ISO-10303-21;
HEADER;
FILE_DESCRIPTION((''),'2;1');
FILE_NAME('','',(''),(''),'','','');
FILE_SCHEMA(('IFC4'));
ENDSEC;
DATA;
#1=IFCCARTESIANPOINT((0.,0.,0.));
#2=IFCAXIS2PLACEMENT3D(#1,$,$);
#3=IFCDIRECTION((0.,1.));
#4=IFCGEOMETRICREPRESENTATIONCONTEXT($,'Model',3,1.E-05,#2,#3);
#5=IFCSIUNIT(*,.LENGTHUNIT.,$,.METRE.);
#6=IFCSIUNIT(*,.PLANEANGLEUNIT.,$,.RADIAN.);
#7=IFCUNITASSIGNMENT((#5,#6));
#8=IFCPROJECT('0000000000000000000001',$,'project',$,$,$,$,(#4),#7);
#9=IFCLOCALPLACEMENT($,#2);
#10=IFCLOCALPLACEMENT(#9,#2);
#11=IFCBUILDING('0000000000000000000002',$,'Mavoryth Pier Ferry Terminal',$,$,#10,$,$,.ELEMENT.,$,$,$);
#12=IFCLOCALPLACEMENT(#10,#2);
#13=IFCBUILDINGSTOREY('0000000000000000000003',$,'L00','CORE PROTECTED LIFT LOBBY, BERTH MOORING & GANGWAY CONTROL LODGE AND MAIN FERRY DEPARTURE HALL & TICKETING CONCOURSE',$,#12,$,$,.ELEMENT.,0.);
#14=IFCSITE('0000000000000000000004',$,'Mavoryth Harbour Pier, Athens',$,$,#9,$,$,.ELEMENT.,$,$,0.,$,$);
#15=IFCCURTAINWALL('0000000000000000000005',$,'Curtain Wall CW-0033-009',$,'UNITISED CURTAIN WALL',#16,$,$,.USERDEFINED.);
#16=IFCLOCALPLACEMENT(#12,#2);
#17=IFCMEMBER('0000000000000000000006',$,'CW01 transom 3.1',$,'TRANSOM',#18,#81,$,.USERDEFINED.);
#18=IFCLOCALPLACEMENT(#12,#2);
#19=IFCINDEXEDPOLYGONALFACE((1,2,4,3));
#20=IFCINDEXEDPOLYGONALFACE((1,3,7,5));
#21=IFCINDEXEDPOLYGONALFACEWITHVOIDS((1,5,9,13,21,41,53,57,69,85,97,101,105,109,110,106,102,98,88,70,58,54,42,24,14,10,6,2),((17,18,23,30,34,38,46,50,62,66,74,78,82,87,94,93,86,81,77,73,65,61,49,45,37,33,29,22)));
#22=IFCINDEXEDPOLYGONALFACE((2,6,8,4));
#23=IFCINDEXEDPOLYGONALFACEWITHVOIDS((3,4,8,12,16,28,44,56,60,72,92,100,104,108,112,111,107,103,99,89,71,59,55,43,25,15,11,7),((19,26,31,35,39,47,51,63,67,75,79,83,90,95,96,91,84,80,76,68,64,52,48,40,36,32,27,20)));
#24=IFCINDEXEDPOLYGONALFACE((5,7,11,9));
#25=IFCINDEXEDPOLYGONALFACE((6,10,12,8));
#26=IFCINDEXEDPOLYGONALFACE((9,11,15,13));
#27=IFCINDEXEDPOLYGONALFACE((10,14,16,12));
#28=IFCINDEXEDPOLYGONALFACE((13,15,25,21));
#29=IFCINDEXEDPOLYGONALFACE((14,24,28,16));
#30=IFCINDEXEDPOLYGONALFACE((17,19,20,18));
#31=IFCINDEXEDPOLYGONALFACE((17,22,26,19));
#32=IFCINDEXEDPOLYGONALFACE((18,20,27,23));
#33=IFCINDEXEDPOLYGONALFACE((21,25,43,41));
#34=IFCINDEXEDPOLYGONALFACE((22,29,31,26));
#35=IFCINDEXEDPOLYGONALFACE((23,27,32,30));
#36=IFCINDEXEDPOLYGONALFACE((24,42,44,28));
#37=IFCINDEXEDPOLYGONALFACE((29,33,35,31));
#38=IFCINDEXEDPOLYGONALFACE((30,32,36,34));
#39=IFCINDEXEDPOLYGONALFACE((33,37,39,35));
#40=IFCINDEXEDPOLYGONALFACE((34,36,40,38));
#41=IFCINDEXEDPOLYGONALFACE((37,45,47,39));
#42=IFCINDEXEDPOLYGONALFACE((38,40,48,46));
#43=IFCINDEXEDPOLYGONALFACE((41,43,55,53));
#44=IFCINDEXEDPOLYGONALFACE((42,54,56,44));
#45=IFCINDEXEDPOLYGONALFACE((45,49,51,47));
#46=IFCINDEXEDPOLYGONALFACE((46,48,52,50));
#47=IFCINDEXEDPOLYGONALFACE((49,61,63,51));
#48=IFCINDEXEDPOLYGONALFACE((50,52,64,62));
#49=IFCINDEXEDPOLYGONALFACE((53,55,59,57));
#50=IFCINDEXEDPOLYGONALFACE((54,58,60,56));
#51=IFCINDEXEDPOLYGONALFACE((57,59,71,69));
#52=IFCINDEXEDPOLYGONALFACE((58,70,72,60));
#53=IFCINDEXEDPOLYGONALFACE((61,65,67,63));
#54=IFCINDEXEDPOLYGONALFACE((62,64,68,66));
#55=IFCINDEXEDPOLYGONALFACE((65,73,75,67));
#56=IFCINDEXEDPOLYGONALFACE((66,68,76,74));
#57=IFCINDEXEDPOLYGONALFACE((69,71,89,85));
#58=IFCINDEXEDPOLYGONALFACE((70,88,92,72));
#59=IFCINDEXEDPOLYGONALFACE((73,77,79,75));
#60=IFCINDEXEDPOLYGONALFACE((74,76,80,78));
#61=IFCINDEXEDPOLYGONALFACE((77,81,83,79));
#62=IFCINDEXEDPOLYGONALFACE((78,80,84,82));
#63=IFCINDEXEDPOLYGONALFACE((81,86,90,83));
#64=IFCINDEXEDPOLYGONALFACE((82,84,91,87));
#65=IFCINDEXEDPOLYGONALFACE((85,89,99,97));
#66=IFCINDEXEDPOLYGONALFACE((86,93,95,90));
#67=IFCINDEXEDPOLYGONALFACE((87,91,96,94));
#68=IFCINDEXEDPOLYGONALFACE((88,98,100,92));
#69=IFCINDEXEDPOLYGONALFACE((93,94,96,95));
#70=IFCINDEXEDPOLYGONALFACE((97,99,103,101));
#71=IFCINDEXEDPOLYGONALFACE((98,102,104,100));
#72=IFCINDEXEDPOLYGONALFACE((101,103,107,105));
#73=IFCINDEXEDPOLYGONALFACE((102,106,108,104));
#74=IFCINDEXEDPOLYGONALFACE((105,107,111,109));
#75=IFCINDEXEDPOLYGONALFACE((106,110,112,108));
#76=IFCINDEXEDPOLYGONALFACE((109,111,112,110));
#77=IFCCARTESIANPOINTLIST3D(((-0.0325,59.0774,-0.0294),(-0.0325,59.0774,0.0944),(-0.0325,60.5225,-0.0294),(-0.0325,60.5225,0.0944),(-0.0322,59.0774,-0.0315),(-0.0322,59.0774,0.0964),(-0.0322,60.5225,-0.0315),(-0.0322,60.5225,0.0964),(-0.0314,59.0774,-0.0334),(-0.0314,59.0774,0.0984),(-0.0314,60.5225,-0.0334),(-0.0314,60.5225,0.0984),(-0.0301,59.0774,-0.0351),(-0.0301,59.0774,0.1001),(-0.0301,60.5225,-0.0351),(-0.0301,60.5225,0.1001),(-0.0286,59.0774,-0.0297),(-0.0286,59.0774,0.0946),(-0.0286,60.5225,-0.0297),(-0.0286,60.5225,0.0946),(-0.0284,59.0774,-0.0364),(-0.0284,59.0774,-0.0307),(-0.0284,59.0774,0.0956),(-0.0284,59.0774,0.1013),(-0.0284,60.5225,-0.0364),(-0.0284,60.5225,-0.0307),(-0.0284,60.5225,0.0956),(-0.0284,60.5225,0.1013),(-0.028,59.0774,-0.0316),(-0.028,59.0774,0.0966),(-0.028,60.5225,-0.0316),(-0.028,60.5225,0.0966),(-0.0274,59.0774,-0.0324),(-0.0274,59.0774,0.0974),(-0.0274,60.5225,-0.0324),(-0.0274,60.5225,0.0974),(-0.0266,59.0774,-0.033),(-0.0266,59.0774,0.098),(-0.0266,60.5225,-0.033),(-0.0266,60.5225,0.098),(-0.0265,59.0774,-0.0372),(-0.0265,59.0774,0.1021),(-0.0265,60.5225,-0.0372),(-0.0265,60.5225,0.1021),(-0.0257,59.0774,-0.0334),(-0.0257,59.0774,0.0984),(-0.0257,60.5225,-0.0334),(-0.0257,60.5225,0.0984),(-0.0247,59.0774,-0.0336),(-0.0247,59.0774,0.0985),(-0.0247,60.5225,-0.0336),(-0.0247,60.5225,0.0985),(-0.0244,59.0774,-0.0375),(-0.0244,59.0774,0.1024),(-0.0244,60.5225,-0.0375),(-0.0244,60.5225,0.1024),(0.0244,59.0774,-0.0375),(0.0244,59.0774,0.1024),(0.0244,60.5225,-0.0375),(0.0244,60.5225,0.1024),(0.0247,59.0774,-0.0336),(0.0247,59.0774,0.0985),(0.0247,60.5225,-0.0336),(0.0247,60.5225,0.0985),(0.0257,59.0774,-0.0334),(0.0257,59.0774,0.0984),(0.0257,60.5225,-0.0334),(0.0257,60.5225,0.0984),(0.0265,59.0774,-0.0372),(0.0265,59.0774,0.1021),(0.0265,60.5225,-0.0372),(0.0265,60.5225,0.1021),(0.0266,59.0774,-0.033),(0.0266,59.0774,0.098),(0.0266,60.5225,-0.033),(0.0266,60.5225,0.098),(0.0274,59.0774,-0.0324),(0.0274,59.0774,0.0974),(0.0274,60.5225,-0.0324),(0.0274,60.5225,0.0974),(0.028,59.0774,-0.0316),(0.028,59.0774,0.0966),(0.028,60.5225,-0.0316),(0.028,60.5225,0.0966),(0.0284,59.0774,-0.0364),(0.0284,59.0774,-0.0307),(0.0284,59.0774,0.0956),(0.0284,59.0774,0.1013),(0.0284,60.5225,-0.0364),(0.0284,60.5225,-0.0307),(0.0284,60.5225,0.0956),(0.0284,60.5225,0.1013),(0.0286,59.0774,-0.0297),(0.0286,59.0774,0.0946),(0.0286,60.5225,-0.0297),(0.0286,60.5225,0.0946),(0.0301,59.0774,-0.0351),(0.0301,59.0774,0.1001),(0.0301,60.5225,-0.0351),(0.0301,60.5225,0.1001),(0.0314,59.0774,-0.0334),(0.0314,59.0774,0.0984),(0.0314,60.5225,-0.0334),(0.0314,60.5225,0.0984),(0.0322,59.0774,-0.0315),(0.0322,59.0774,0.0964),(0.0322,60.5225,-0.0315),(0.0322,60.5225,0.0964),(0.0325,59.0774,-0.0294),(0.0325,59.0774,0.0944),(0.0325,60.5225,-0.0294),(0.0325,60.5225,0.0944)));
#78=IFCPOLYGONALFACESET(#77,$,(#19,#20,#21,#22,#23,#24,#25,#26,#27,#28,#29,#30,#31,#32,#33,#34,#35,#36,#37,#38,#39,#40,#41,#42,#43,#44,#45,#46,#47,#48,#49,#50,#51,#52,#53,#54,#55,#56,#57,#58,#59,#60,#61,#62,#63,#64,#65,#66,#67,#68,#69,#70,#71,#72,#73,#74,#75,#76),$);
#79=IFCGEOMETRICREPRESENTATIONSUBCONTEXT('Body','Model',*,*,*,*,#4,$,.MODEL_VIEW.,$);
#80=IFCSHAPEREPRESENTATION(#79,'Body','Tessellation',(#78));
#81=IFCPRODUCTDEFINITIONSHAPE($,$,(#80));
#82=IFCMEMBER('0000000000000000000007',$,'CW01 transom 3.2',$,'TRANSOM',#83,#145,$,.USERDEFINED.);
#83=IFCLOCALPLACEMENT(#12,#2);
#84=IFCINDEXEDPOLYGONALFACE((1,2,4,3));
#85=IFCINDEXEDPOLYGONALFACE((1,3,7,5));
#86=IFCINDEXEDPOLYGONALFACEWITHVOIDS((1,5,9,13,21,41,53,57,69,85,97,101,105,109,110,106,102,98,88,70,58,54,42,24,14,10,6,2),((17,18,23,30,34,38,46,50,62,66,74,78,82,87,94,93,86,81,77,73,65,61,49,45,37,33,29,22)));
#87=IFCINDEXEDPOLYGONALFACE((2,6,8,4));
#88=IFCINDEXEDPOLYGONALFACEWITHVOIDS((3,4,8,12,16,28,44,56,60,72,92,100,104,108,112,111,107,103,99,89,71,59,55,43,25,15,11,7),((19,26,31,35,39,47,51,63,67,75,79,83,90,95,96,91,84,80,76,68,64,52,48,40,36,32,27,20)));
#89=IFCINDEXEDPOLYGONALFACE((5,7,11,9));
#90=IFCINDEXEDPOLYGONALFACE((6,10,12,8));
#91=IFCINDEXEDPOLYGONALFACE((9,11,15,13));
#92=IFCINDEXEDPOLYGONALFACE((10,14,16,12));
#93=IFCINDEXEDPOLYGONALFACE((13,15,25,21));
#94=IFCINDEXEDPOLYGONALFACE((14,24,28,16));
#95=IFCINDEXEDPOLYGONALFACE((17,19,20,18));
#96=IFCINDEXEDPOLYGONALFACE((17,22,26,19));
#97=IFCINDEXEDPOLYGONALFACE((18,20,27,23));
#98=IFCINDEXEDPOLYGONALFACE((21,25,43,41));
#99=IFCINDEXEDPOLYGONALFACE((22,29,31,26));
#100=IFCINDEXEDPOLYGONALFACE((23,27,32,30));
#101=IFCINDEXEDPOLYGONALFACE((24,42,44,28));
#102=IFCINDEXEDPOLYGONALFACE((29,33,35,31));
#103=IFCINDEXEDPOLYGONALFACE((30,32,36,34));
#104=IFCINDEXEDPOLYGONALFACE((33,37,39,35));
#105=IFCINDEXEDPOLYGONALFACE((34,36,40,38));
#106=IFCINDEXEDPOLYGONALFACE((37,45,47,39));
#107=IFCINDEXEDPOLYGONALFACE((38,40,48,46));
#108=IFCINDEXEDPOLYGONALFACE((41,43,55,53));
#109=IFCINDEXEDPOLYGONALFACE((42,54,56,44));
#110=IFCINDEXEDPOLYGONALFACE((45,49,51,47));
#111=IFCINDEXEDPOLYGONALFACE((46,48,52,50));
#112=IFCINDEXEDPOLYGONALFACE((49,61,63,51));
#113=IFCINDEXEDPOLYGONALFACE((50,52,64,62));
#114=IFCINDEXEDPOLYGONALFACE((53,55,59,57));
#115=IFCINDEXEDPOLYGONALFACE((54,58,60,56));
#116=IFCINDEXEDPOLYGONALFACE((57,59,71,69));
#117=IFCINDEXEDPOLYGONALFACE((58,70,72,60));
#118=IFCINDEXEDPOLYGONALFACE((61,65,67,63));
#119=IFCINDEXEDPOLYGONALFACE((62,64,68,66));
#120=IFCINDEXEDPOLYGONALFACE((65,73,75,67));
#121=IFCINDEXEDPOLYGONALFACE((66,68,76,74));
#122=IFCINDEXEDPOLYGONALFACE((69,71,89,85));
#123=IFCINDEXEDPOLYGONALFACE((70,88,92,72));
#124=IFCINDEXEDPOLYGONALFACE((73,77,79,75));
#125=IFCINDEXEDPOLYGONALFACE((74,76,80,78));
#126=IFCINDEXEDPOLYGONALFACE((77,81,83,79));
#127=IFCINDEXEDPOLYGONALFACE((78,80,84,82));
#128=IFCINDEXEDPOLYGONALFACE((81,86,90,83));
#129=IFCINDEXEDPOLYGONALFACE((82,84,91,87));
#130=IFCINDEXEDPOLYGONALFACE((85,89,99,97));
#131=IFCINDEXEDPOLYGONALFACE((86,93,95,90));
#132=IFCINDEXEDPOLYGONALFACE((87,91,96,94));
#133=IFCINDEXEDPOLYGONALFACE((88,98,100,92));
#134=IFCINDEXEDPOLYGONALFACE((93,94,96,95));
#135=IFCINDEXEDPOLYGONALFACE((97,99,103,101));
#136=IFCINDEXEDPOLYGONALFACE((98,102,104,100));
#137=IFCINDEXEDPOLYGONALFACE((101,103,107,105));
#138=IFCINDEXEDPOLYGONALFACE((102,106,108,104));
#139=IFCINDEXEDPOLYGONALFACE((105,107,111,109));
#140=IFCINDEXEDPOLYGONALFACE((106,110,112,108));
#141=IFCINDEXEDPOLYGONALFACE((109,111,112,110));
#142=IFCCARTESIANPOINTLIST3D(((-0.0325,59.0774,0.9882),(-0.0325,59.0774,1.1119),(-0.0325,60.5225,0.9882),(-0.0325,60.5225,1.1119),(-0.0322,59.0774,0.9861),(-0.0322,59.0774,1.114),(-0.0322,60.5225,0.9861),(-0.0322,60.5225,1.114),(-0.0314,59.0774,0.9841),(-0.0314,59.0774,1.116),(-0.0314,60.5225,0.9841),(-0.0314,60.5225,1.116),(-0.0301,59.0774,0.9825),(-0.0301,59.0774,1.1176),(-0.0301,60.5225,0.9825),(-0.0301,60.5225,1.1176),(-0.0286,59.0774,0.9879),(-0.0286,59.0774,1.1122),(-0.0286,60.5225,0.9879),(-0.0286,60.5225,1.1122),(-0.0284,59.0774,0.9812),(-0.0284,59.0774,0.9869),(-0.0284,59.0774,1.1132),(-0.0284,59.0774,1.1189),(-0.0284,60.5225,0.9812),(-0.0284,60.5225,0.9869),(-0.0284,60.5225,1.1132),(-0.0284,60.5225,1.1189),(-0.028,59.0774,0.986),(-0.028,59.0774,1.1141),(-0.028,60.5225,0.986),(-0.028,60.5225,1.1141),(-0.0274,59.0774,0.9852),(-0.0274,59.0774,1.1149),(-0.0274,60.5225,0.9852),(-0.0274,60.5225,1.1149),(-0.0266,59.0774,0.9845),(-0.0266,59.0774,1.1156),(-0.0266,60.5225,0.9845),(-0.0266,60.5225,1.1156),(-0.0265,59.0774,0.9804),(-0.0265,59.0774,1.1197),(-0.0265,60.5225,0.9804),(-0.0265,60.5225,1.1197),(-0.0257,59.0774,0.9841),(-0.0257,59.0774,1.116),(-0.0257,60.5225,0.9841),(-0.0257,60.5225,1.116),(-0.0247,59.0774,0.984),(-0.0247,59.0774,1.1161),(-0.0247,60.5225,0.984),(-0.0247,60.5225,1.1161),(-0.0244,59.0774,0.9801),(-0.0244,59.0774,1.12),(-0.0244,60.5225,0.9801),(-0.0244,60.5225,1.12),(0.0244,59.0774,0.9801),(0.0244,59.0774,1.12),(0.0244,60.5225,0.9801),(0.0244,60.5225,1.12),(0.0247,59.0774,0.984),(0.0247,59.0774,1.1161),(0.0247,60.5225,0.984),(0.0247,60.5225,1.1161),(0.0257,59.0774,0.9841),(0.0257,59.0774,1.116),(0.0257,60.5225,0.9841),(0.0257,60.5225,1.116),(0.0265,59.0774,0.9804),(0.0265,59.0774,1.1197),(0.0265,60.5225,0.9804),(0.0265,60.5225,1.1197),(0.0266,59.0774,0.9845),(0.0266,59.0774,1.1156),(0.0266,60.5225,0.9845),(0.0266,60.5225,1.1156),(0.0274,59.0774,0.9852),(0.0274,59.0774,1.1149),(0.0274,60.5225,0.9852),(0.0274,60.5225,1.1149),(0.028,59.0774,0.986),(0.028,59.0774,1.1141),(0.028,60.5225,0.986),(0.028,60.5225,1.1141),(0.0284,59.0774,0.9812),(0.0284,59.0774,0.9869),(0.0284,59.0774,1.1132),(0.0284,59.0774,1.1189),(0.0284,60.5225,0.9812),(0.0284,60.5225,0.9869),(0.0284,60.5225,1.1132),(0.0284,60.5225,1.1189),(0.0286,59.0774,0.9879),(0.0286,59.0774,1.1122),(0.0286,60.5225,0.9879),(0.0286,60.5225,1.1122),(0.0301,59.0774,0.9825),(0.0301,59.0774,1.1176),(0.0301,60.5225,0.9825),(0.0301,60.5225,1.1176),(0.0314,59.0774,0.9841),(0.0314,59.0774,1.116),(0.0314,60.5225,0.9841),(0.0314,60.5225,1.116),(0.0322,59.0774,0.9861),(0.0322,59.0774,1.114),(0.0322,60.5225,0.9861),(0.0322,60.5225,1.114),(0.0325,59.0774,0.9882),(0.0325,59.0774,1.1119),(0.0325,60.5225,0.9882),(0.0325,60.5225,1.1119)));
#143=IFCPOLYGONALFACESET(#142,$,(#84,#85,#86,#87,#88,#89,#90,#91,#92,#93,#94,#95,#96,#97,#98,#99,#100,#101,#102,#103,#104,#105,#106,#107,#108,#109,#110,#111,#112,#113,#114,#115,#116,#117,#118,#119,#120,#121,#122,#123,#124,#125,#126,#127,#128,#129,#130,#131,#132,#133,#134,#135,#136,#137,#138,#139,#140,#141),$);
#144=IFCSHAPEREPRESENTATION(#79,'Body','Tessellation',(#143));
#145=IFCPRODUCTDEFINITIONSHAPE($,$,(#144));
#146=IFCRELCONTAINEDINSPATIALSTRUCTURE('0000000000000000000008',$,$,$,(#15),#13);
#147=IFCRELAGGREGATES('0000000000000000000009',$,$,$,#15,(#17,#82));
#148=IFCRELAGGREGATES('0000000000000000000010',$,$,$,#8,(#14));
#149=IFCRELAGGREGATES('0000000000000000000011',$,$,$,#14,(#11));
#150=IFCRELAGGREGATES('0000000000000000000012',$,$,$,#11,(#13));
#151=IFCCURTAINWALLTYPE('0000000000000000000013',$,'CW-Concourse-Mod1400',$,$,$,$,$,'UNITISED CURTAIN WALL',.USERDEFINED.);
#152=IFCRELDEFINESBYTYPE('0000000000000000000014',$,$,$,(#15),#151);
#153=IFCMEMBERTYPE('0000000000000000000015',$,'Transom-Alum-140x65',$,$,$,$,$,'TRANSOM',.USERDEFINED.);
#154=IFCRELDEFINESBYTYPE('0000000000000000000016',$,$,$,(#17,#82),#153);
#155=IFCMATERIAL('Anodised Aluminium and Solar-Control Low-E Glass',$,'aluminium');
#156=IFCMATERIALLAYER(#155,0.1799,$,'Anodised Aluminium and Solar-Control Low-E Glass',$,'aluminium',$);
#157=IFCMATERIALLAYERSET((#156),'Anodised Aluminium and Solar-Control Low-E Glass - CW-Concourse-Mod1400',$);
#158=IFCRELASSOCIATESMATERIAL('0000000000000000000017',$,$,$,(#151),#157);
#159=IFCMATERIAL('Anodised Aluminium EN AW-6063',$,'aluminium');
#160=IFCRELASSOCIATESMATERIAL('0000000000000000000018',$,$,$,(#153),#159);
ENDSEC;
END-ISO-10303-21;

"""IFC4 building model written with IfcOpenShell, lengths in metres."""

from ifc_helpers import new_model, si_unit, direction, frame, origin, origin_2d, place, context, subcontext, project, spatial, hollow_rectangle, extrude, material, layer, layer_set, material_profile, profile_set, type_object, element, aggregate, save


model = new_model("IFC4")

# Units and contexts
model_context = context("Model", 3, precision=1e-05, world=origin(), true_north=direction((0.0, 1.0)))
body_context = subcontext(model_context, "Body", "Model", "MODEL_VIEW")
ifc_project = project(units=[si_unit("LENGTHUNIT", "METRE"), si_unit("PLANEANGLEUNIT", "RADIAN")], contexts=[model_context])

# Site, building, storey
site_placement = place(None, origin())
site = spatial("IfcSite", under=ifc_project, at=site_placement, Name="Mavoryth Harbour Pier, Athens", CompositionType="ELEMENT", RefElevation=0.0)
building_placement = place(site_placement, origin())
building = spatial("IfcBuilding", under=site, at=building_placement, Name="Mavoryth Pier Ferry Terminal", CompositionType="ELEMENT")
storey_placement = place(building_placement, origin())
storey = spatial("IfcBuildingStorey", under=building, at=storey_placement, Name="L00", Description="CORE PROTECTED LIFT LOBBY, BERTH MOORING & GANGWAY CONTROL LODGE AND MAIN FERRY DEPARTURE HALL & TICKETING CONCOURSE", CompositionType="ELEMENT", Elevation=0.0)

# Curtain wall, members
ifc_material_1 = material(Name="Anodised Aluminium and Solar-Control Low-E Glass", Category="aluminium")
ifc_layer_1 = layer(ifc_material_1, 0.1799, Name="Anodised Aluminium and Solar-Control Low-E Glass", Category="aluminium")
ifc_layer_set_1 = layer_set([ifc_layer_1], Name="Anodised Aluminium and Solar-Control Low-E Glass - CW-Concourse-Mod1400")
curtain_wall_type = type_object("IfcCurtainWallType", Name="CW-Concourse-Mod1400", ElementType="UNITISED CURTAIN WALL", PredefinedType="USERDEFINED", material=ifc_layer_set_1)
curtain_wall_placement = place(storey_placement, origin())
curtain_wall = element("IfcCurtainWall", 1, at=curtain_wall_placement, inside=storey, type_object=curtain_wall_type, Name="Curtain Wall CW-0033-009", ObjectType="UNITISED CURTAIN WALL", PredefinedType="USERDEFINED")
ifc_material_2 = material(Name="Anodised Aluminium EN AW-6063", Category="aluminium")
ifc_material_profile_1 = material_profile(ifc_material_2, hollow_rectangle(XDim=0.0649, YDim=0.1399, WallThickness=0.0039, InnerFilletRadius=0.0039, OuterFilletRadius=0.0081, at=origin_2d()), Name="AL-TRAN 140x65x4", Category="aluminium")
ifc_profile_set_1 = profile_set([ifc_material_profile_1], Name="Anodised Aluminium EN AW-6063 - AL-TRAN 140x65x4")
member_type_1 = type_object("IfcMemberType", Name="Transom-Alum-140x65", ElementType="TRANSOM", PredefinedType="USERDEFINED", material=ifc_profile_set_1)
member_1_placement = place(storey_placement, frame((0.0, 60.5225, 0.0325), z_axis=(0.0, -1.0, 0.0), x_axis=(1.0, 0.0, 0.0)))
member_1 = element("IfcMember", 2, at=member_1_placement, type_object=member_type_1, Name="CW01 transom 3.1", ObjectType="TRANSOM", PredefinedType="USERDEFINED", context=body_context, shape_type="SweptSolid", body=[
    extrude(hollow_rectangle(XDim=0.0649, YDim=0.1399, WallThickness=0.0039, InnerFilletRadius=0.0039, OuterFilletRadius=0.0081, at=origin_2d()), origin(), (0.0, 0.0, 1.0), 1.4451),
])
member_2_placement = place(storey_placement, frame((0.0, 60.5225, 1.05), z_axis=(0.0, -1.0, 0.0), x_axis=(1.0, 0.0, 0.0)))
member_2 = element("IfcMember", 3, at=member_2_placement, type_object=member_type_1, Name="CW01 transom 3.2", ObjectType="TRANSOM", PredefinedType="USERDEFINED", context=body_context, shape_type="SweptSolid", body=[
    extrude(hollow_rectangle(XDim=0.0649, YDim=0.1399, WallThickness=0.0039, InnerFilletRadius=0.0039, OuterFilletRadius=0.0081, at=origin_2d()), origin(), (0.0, 0.0, 1.0), 1.4451),
])
aggregate(curtain_wall, [member_1, member_2])

save(model, "model.ifc")
